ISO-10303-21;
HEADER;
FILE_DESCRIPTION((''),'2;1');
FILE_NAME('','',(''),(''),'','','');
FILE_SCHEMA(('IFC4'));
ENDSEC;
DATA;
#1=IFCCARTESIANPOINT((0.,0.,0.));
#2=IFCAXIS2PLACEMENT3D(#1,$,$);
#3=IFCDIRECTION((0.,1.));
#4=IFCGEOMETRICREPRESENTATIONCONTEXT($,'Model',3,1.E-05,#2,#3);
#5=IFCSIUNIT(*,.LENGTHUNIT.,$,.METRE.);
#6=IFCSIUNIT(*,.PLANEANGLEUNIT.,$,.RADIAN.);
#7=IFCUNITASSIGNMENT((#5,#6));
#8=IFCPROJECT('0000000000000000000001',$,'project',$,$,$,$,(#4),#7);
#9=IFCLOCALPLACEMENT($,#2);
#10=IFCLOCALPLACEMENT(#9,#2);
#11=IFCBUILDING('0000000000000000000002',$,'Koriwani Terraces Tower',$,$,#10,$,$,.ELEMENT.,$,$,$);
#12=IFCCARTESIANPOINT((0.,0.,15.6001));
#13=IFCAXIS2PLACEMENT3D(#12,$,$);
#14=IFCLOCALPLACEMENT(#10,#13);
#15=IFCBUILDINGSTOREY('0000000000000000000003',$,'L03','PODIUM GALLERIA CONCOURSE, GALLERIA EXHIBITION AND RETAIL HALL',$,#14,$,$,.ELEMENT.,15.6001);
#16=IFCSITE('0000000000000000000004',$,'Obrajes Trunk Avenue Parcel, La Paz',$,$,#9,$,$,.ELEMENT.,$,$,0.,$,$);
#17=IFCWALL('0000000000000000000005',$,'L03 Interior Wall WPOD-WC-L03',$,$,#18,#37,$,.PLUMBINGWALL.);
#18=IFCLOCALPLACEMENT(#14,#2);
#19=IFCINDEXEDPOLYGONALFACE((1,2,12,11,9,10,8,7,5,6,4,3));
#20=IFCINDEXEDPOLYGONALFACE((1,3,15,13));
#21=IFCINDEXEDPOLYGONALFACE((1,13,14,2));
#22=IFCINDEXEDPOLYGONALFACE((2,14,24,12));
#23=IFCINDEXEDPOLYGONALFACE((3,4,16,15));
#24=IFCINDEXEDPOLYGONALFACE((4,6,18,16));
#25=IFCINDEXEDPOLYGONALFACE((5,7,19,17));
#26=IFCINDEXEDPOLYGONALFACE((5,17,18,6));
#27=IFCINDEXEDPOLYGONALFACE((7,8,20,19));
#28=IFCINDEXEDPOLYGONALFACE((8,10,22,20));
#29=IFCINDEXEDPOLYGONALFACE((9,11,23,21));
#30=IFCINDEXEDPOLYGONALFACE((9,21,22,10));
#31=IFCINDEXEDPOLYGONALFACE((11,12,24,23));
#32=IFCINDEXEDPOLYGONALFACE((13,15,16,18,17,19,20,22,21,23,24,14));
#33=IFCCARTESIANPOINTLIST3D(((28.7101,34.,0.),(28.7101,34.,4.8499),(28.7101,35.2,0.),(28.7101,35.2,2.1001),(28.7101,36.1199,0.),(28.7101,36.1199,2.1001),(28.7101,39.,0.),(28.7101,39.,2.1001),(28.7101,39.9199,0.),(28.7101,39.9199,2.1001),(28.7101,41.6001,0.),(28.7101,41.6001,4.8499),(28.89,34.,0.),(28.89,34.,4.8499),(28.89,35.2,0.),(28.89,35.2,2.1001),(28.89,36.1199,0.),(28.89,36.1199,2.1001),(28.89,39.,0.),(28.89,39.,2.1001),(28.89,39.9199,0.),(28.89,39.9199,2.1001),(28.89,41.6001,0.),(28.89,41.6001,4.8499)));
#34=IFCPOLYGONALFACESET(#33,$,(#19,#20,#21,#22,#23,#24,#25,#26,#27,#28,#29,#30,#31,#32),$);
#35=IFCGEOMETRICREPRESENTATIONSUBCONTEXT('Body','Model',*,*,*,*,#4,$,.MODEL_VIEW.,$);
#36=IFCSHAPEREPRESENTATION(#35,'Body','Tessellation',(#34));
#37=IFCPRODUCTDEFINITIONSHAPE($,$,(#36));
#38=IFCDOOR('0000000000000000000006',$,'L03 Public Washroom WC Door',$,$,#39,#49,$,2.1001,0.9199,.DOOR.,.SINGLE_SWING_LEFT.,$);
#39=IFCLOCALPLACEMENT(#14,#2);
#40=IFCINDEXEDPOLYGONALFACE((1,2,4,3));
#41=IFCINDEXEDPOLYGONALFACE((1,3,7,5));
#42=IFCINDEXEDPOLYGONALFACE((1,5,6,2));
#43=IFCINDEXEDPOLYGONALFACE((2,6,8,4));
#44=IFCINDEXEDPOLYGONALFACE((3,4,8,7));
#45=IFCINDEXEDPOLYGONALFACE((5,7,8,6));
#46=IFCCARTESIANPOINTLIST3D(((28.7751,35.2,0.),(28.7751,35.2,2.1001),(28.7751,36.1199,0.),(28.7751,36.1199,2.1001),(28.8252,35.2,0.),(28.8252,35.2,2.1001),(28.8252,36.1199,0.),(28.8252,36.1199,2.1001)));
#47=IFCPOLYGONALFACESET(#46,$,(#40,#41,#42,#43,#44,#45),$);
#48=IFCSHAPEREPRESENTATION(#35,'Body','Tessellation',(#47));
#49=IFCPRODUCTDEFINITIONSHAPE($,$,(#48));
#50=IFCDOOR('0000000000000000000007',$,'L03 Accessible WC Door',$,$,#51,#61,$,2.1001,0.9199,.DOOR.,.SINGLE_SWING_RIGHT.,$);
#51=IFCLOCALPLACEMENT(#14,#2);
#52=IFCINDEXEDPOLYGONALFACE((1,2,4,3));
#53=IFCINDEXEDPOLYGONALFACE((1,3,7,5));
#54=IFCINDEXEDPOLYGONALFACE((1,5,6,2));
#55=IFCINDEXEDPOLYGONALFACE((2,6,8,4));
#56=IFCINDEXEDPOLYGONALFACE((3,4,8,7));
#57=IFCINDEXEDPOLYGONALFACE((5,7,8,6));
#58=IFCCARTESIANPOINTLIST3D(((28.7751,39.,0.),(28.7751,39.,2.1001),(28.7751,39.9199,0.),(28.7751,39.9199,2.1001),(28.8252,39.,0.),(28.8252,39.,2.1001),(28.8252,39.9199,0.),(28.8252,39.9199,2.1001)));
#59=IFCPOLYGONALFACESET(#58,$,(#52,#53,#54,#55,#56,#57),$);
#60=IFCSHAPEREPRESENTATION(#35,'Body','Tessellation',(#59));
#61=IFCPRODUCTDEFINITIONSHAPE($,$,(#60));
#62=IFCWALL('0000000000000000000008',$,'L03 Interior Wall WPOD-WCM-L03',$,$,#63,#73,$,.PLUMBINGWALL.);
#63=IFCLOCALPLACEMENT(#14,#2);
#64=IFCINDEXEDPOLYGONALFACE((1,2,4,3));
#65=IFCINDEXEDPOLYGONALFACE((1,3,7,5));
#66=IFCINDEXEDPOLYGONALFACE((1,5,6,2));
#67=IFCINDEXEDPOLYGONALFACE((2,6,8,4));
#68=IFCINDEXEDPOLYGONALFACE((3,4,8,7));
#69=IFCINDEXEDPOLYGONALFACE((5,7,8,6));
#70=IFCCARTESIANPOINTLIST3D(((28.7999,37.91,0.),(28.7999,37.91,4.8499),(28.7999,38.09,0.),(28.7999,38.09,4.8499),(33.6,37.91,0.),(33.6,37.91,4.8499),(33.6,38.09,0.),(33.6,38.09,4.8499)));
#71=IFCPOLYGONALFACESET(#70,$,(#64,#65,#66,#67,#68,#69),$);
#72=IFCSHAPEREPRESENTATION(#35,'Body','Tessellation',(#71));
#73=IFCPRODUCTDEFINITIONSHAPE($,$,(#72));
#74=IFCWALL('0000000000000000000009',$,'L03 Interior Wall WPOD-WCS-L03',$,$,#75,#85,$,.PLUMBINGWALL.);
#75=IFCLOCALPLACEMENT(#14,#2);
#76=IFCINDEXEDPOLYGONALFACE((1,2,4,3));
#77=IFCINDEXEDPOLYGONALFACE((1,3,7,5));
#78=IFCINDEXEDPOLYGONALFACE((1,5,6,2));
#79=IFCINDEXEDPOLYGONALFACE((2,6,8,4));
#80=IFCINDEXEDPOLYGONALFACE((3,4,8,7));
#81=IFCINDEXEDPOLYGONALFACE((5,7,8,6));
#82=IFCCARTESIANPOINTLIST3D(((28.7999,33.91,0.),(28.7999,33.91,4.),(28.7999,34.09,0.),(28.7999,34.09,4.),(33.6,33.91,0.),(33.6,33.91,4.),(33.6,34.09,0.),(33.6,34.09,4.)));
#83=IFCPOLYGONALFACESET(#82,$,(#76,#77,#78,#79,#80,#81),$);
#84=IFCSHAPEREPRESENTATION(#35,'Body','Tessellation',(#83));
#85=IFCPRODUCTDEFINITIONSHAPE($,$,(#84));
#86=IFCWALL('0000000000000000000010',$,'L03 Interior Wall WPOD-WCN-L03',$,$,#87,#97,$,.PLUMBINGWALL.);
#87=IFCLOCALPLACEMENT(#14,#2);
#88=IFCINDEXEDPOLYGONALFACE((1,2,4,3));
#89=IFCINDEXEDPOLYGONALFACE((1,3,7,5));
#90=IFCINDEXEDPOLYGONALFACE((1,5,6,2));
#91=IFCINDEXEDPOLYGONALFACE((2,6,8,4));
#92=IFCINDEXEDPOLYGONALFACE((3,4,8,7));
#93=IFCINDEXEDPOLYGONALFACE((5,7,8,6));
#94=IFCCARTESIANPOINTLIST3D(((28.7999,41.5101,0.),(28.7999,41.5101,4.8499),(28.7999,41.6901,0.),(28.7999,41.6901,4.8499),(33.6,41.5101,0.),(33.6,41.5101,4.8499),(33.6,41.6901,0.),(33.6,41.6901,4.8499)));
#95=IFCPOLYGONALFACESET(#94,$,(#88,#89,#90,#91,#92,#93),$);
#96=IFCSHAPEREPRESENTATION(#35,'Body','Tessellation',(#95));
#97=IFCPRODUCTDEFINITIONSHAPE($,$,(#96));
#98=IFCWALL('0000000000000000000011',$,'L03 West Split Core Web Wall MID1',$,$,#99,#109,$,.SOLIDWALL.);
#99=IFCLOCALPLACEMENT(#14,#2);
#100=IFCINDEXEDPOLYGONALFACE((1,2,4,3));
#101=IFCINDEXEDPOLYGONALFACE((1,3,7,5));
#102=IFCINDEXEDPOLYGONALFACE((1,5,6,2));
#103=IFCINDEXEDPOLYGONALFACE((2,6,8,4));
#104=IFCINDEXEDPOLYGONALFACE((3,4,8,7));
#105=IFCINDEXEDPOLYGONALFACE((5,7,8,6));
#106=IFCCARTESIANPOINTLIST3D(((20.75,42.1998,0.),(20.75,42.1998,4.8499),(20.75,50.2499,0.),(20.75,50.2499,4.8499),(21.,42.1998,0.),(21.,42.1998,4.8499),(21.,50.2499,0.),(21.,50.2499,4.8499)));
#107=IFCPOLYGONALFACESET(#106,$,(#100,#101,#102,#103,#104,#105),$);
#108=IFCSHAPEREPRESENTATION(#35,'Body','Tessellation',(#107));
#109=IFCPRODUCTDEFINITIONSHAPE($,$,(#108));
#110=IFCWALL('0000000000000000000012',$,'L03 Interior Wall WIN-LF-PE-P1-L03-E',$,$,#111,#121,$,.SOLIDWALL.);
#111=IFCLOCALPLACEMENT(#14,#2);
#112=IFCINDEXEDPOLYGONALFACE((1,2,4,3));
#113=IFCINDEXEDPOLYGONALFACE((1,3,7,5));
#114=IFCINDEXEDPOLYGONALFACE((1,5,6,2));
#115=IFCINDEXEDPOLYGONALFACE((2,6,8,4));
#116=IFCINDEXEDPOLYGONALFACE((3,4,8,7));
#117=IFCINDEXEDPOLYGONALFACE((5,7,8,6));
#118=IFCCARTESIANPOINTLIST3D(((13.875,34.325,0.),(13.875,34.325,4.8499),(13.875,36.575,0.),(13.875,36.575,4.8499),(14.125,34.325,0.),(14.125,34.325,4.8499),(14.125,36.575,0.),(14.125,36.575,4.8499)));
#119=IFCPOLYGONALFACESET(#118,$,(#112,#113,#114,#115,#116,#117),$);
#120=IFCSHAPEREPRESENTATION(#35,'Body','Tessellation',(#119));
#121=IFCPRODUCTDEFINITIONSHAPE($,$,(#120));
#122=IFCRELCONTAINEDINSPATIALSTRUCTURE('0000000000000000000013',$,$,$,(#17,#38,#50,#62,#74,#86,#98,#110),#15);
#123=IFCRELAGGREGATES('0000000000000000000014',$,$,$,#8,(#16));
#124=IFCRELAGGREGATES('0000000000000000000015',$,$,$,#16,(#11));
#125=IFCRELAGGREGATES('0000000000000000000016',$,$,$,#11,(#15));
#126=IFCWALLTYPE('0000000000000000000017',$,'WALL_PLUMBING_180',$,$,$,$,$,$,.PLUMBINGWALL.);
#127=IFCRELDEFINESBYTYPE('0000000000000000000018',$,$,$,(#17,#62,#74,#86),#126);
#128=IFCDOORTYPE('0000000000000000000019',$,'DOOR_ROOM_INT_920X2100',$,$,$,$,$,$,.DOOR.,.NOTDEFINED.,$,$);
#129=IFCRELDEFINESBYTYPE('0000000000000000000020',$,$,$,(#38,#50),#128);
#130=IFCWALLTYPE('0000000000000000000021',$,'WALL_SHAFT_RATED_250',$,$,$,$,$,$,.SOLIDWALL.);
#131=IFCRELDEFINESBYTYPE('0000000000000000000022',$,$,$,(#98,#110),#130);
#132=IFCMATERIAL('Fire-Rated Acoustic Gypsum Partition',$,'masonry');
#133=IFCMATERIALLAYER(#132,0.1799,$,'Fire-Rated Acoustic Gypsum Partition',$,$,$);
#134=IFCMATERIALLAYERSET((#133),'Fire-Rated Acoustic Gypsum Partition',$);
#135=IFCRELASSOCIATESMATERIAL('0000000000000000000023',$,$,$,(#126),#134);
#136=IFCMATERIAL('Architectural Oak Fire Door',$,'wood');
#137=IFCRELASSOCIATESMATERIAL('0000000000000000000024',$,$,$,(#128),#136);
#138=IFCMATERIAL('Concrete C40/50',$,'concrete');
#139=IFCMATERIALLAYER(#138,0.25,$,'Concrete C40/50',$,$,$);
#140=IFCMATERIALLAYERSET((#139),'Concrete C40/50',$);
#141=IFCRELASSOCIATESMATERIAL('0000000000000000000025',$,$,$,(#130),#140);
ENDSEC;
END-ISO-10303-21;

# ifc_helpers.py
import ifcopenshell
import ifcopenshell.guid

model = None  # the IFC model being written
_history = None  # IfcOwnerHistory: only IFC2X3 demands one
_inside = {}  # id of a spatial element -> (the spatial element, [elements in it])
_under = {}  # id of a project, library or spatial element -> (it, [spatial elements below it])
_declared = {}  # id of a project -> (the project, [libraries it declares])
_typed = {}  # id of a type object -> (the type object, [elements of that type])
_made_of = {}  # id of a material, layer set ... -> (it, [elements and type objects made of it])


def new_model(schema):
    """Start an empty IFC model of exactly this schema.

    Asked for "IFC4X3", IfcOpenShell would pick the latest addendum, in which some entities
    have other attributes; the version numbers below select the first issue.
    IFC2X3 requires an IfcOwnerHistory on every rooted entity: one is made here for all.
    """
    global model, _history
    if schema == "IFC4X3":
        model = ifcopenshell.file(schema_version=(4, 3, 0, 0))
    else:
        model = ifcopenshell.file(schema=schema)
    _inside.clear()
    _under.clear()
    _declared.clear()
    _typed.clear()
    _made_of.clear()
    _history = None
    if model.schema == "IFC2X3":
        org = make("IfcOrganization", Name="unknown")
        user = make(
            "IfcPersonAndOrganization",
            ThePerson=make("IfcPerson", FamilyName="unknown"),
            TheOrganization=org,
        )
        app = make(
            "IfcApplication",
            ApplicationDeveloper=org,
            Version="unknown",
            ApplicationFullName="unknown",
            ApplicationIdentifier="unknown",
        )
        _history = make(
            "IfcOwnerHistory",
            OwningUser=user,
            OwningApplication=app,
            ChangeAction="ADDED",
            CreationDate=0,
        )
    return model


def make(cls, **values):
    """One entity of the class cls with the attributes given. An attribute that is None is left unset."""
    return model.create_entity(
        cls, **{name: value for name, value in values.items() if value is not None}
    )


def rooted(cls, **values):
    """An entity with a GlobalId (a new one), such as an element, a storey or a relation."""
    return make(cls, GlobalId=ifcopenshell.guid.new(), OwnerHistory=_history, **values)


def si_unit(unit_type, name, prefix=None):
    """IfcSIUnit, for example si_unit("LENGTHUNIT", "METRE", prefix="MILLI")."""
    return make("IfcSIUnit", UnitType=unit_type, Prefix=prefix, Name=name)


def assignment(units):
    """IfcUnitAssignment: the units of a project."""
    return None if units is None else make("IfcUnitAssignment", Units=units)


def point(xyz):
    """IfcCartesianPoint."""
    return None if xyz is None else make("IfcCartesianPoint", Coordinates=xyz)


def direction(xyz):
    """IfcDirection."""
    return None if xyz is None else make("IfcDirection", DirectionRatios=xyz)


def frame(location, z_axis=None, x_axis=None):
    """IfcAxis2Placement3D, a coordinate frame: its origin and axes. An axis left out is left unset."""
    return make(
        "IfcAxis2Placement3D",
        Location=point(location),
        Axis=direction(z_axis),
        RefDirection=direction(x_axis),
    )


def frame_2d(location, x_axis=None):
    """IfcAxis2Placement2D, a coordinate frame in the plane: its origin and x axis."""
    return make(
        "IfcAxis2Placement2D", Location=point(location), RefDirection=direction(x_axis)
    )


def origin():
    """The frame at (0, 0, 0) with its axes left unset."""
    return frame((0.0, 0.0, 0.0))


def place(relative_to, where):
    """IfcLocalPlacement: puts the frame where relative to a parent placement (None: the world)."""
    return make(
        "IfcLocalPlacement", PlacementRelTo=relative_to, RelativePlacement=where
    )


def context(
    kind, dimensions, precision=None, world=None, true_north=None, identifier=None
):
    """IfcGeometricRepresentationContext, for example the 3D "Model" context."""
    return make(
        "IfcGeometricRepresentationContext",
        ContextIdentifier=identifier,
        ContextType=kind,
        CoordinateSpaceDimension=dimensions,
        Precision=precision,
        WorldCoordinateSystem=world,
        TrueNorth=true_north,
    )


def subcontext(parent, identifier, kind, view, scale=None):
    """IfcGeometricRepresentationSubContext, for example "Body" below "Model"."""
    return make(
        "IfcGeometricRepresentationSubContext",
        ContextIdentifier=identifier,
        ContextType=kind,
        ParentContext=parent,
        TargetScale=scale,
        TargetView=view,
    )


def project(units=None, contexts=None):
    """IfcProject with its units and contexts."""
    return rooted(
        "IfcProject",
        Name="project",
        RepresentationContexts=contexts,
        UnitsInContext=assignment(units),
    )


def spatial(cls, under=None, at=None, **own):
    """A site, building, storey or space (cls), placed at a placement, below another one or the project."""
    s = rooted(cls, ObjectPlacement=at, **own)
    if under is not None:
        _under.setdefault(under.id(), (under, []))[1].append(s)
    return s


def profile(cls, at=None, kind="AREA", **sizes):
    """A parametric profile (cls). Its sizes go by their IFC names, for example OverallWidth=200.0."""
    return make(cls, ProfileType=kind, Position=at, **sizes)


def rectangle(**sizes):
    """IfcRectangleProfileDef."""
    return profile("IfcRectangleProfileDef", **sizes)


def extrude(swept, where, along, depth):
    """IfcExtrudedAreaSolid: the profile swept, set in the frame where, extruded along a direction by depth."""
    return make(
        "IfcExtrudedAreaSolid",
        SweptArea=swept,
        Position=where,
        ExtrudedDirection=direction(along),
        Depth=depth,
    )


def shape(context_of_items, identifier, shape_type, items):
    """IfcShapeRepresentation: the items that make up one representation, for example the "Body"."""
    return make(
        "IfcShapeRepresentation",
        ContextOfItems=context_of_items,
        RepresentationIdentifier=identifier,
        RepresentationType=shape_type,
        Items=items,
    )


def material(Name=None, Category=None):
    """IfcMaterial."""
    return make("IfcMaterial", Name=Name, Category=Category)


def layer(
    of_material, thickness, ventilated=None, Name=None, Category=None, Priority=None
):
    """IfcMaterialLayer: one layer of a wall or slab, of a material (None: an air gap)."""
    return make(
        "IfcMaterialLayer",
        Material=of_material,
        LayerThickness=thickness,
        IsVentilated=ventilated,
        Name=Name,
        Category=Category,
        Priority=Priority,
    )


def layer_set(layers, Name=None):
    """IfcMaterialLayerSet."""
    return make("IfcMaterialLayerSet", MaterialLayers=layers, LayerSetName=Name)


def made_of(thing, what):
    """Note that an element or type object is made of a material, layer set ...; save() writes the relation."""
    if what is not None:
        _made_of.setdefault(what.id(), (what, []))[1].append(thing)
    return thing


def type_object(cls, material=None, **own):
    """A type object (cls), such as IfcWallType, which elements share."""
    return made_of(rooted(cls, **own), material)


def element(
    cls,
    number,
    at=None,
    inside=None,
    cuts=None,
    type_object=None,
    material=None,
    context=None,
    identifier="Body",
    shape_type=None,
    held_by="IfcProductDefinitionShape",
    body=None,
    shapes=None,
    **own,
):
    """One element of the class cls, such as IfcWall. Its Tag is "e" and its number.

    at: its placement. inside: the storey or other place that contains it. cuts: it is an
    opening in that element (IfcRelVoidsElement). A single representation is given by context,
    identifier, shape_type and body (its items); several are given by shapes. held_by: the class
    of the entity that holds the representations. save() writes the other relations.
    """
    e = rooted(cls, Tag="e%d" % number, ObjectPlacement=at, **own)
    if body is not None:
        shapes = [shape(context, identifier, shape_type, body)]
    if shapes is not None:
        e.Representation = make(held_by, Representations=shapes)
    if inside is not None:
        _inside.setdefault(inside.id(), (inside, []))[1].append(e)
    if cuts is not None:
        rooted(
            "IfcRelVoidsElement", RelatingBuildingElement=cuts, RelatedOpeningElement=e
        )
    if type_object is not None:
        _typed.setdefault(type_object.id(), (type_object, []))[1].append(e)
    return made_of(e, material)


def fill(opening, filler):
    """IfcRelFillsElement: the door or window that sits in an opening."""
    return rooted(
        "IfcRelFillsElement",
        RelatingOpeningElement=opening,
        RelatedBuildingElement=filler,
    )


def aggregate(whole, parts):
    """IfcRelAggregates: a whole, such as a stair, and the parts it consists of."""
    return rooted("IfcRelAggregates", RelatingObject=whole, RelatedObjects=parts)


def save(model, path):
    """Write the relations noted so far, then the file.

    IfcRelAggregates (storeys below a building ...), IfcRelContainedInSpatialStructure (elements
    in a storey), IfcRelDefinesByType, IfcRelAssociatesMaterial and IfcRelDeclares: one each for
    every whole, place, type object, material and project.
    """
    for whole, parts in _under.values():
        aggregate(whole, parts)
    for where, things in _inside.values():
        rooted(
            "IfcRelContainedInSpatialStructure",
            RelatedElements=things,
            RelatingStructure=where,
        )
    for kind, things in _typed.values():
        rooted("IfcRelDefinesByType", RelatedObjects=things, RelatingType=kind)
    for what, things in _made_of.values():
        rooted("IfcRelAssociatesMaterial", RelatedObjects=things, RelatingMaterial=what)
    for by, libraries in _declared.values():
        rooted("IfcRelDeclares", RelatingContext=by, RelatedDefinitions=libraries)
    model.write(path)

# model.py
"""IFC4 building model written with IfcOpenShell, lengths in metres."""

from ifc_helpers import new_model, si_unit, direction, frame, frame_2d, origin, place, context, subcontext, project, spatial, rectangle, extrude, material, layer, layer_set, type_object, element, fill, save


model = new_model("IFC4")

# Units and contexts
model_context = context("Model", 3, precision=1e-05, world=origin(), true_north=direction((0.0, 1.0)))
body_context = subcontext(model_context, "Body", "Model", "MODEL_VIEW")
ifc_project = project(units=[si_unit("LENGTHUNIT", "METRE"), si_unit("PLANEANGLEUNIT", "RADIAN")], contexts=[model_context])

# Site, building, storey
site_placement = place(None, origin())
site = spatial("IfcSite", under=ifc_project, at=site_placement, Name="Obrajes Trunk Avenue Parcel, La Paz", CompositionType="ELEMENT", RefElevation=0.0)
building_placement = place(site_placement, origin())
building = spatial("IfcBuilding", under=site, at=building_placement, Name="Koriwani Terraces Tower", CompositionType="ELEMENT")
storey_placement = place(building_placement, frame((0.0, 0.0, 15.6001)))
storey = spatial("IfcBuildingStorey", under=building, at=storey_placement, Name="L03", Description="PODIUM GALLERIA CONCOURSE, GALLERIA EXHIBITION AND RETAIL HALL", CompositionType="ELEMENT", Elevation=15.6001)

# Wall, openings, doors
ifc_material_1 = material(Name="Fire-Rated Acoustic Gypsum Partition", Category="masonry")
ifc_layer_1 = layer(ifc_material_1, 0.1799, Name="Fire-Rated Acoustic Gypsum Partition")
ifc_layer_set_1 = layer_set([ifc_layer_1], Name="Fire-Rated Acoustic Gypsum Partition")
wall_type_1 = type_object("IfcWallType", Name="WALL_PLUMBING_180", PredefinedType="PLUMBINGWALL", material=ifc_layer_set_1)
wall_1_placement = place(storey_placement, frame((28.8, 34.0, 0.0), z_axis=(0.0, 0.0, 1.0), x_axis=(0.0, 1.0, 0.0)))
wall_1 = element("IfcWall", 1, at=wall_1_placement, inside=storey, type_object=wall_type_1, Name="L03 Interior Wall WPOD-WC-L03", PredefinedType="PLUMBINGWALL", context=body_context, shape_type="SweptSolid", body=[
    extrude(rectangle(XDim=7.6001, YDim=0.1799, at=frame_2d((3.8, 0.0))), origin(), (0.0, 0.0, 1.0), 4.8499),
])
opening_1_placement = place(wall_1_placement, frame((1.2, 0.0, 0.0)))
opening_1 = element("IfcOpeningElement", 2, at=opening_1_placement, cuts=wall_1, PredefinedType="OPENING", context=body_context, shape_type="SweptSolid", body=[
    extrude(rectangle(XDim=0.9199, YDim=2.1001, at=frame_2d((0.46, 1.05))), frame((0.0, 0.1001, 0.0), z_axis=(0.0, -1.0, 0.0), x_axis=(1.0, 0.0, 0.0)), (0.0, 0.0, 1.0), 0.2),
])
opening_2_placement = place(wall_1_placement, frame((5.0, 0.0, 0.0)))
opening_2 = element("IfcOpeningElement", 3, at=opening_2_placement, cuts=wall_1, PredefinedType="OPENING", context=body_context, shape_type="SweptSolid", body=[
    extrude(rectangle(XDim=0.9199, YDim=2.1001, at=frame_2d((0.46, 1.05))), frame((0.0, 0.1001, 0.0), z_axis=(0.0, -1.0, 0.0), x_axis=(1.0, 0.0, 0.0)), (0.0, 0.0, 1.0), 0.2),
])
ifc_material_2 = material(Name="Architectural Oak Fire Door", Category="wood")
door_type_1 = type_object("IfcDoorType", Name="DOOR_ROOM_INT_920X2100", OperationType="NOTDEFINED", PredefinedType="DOOR", material=ifc_material_2)
door_1_placement = place(opening_1_placement, origin())
door_1 = element("IfcDoor", 4, at=door_1_placement, inside=storey, type_object=door_type_1, Name="L03 Public Washroom WC Door", OperationType="SINGLE_SWING_LEFT", OverallHeight=2.1001, OverallWidth=0.9199, PredefinedType="DOOR", context=body_context, shape_type="SweptSolid", body=[
    extrude(rectangle(XDim=0.9199, YDim=2.1001, at=frame_2d((0.46, 1.05))), frame((0.0, 0.0249, 0.0), z_axis=(0.0, -1.0, 0.0), x_axis=(1.0, 0.0, 0.0)), (0.0, 0.0, 1.0), 0.05),
])
fill(opening_1, door_1)
door_2_placement = place(opening_2_placement, origin())
door_2 = element("IfcDoor", 5, at=door_2_placement, inside=storey, type_object=door_type_1, Name="L03 Accessible WC Door", OperationType="SINGLE_SWING_RIGHT", OverallHeight=2.1001, OverallWidth=0.9199, PredefinedType="DOOR", context=body_context, shape_type="SweptSolid", body=[
    extrude(rectangle(XDim=0.9199, YDim=2.1001, at=frame_2d((0.46, 1.05))), frame((0.0, 0.0249, 0.0), z_axis=(0.0, -1.0, 0.0), x_axis=(1.0, 0.0, 0.0)), (0.0, 0.0, 1.0), 0.05),
])
fill(opening_2, door_2)

# Walls
wall_2_placement = place(storey_placement, frame((28.8, 38.0, 0.0), z_axis=(0.0, 0.0, 1.0), x_axis=(1.0, 0.0, 0.0)))
element("IfcWall", 6, at=wall_2_placement, inside=storey, type_object=wall_type_1, Name="L03 Interior Wall WPOD-WCM-L03", PredefinedType="PLUMBINGWALL", context=body_context, shape_type="SweptSolid", body=[
    extrude(rectangle(XDim=4.8, YDim=0.1799, at=frame_2d((2.3999, 0.0))), origin(), (0.0, 0.0, 1.0), 4.8499),
])
wall_3_placement = place(storey_placement, frame((28.8, 34.0, 0.0), z_axis=(0.0, 0.0, 1.0), x_axis=(1.0, 0.0, 0.0)))
element("IfcWall", 7, at=wall_3_placement, inside=storey, type_object=wall_type_1, Name="L03 Interior Wall WPOD-WCS-L03", PredefinedType="PLUMBINGWALL", context=body_context, shape_type="SweptSolid", body=[
    extrude(rectangle(XDim=4.8, YDim=0.1799, at=frame_2d((2.3999, 0.0))), origin(), (0.0, 0.0, 1.0), 4.0),
])
wall_4_placement = place(storey_placement, frame((28.8, 41.6001, 0.0), z_axis=(0.0, 0.0, 1.0), x_axis=(1.0, 0.0, 0.0)))
element("IfcWall", 8, at=wall_4_placement, inside=storey, type_object=wall_type_1, Name="L03 Interior Wall WPOD-WCN-L03", PredefinedType="PLUMBINGWALL", context=body_context, shape_type="SweptSolid", body=[
    extrude(rectangle(XDim=4.8, YDim=0.1799, at=frame_2d((2.3999, 0.0))), origin(), (0.0, 0.0, 1.0), 4.8499),
])
ifc_material_3 = material(Name="Concrete C40/50", Category="concrete")
ifc_layer_2 = layer(ifc_material_3, 0.25, Name="Concrete C40/50")
ifc_layer_set_2 = layer_set([ifc_layer_2], Name="Concrete C40/50")
wall_type_2 = type_object("IfcWallType", Name="WALL_SHAFT_RATED_250", PredefinedType="SOLIDWALL", material=ifc_layer_set_2)
wall_5_placement = place(storey_placement, frame((20.875, 42.2, 0.0), z_axis=(0.0, 0.0, 1.0), x_axis=(0.0, 1.0, 0.0)))
element("IfcWall", 9, at=wall_5_placement, inside=storey, type_object=wall_type_2, Name="L03 West Split Core Web Wall MID1", PredefinedType="SOLIDWALL", context=body_context, shape_type="SweptSolid", body=[
    extrude(rectangle(XDim=8.05, YDim=0.25, at=frame_2d((4.0249, 0.0))), origin(), (0.0, 0.0, 1.0), 4.8499),
])

# Wall
wall_6_placement = place(storey_placement, frame((14.0, 34.325, 0.0), z_axis=(0.0, 0.0, 1.0), x_axis=(0.0, 1.0, 0.0)))
element("IfcWall", 10, at=wall_6_placement, inside=storey, type_object=wall_type_2, Name="L03 Interior Wall WIN-LF-PE-P1-L03-E", PredefinedType="SOLIDWALL", context=body_context, shape_type="SweptSolid", body=[
    extrude(rectangle(XDim=2.25, YDim=0.25, at=frame_2d((1.125, 0.0))), origin(), (0.0, 0.0, 1.0), 4.8499),
])

save(model, "model.ifc")
